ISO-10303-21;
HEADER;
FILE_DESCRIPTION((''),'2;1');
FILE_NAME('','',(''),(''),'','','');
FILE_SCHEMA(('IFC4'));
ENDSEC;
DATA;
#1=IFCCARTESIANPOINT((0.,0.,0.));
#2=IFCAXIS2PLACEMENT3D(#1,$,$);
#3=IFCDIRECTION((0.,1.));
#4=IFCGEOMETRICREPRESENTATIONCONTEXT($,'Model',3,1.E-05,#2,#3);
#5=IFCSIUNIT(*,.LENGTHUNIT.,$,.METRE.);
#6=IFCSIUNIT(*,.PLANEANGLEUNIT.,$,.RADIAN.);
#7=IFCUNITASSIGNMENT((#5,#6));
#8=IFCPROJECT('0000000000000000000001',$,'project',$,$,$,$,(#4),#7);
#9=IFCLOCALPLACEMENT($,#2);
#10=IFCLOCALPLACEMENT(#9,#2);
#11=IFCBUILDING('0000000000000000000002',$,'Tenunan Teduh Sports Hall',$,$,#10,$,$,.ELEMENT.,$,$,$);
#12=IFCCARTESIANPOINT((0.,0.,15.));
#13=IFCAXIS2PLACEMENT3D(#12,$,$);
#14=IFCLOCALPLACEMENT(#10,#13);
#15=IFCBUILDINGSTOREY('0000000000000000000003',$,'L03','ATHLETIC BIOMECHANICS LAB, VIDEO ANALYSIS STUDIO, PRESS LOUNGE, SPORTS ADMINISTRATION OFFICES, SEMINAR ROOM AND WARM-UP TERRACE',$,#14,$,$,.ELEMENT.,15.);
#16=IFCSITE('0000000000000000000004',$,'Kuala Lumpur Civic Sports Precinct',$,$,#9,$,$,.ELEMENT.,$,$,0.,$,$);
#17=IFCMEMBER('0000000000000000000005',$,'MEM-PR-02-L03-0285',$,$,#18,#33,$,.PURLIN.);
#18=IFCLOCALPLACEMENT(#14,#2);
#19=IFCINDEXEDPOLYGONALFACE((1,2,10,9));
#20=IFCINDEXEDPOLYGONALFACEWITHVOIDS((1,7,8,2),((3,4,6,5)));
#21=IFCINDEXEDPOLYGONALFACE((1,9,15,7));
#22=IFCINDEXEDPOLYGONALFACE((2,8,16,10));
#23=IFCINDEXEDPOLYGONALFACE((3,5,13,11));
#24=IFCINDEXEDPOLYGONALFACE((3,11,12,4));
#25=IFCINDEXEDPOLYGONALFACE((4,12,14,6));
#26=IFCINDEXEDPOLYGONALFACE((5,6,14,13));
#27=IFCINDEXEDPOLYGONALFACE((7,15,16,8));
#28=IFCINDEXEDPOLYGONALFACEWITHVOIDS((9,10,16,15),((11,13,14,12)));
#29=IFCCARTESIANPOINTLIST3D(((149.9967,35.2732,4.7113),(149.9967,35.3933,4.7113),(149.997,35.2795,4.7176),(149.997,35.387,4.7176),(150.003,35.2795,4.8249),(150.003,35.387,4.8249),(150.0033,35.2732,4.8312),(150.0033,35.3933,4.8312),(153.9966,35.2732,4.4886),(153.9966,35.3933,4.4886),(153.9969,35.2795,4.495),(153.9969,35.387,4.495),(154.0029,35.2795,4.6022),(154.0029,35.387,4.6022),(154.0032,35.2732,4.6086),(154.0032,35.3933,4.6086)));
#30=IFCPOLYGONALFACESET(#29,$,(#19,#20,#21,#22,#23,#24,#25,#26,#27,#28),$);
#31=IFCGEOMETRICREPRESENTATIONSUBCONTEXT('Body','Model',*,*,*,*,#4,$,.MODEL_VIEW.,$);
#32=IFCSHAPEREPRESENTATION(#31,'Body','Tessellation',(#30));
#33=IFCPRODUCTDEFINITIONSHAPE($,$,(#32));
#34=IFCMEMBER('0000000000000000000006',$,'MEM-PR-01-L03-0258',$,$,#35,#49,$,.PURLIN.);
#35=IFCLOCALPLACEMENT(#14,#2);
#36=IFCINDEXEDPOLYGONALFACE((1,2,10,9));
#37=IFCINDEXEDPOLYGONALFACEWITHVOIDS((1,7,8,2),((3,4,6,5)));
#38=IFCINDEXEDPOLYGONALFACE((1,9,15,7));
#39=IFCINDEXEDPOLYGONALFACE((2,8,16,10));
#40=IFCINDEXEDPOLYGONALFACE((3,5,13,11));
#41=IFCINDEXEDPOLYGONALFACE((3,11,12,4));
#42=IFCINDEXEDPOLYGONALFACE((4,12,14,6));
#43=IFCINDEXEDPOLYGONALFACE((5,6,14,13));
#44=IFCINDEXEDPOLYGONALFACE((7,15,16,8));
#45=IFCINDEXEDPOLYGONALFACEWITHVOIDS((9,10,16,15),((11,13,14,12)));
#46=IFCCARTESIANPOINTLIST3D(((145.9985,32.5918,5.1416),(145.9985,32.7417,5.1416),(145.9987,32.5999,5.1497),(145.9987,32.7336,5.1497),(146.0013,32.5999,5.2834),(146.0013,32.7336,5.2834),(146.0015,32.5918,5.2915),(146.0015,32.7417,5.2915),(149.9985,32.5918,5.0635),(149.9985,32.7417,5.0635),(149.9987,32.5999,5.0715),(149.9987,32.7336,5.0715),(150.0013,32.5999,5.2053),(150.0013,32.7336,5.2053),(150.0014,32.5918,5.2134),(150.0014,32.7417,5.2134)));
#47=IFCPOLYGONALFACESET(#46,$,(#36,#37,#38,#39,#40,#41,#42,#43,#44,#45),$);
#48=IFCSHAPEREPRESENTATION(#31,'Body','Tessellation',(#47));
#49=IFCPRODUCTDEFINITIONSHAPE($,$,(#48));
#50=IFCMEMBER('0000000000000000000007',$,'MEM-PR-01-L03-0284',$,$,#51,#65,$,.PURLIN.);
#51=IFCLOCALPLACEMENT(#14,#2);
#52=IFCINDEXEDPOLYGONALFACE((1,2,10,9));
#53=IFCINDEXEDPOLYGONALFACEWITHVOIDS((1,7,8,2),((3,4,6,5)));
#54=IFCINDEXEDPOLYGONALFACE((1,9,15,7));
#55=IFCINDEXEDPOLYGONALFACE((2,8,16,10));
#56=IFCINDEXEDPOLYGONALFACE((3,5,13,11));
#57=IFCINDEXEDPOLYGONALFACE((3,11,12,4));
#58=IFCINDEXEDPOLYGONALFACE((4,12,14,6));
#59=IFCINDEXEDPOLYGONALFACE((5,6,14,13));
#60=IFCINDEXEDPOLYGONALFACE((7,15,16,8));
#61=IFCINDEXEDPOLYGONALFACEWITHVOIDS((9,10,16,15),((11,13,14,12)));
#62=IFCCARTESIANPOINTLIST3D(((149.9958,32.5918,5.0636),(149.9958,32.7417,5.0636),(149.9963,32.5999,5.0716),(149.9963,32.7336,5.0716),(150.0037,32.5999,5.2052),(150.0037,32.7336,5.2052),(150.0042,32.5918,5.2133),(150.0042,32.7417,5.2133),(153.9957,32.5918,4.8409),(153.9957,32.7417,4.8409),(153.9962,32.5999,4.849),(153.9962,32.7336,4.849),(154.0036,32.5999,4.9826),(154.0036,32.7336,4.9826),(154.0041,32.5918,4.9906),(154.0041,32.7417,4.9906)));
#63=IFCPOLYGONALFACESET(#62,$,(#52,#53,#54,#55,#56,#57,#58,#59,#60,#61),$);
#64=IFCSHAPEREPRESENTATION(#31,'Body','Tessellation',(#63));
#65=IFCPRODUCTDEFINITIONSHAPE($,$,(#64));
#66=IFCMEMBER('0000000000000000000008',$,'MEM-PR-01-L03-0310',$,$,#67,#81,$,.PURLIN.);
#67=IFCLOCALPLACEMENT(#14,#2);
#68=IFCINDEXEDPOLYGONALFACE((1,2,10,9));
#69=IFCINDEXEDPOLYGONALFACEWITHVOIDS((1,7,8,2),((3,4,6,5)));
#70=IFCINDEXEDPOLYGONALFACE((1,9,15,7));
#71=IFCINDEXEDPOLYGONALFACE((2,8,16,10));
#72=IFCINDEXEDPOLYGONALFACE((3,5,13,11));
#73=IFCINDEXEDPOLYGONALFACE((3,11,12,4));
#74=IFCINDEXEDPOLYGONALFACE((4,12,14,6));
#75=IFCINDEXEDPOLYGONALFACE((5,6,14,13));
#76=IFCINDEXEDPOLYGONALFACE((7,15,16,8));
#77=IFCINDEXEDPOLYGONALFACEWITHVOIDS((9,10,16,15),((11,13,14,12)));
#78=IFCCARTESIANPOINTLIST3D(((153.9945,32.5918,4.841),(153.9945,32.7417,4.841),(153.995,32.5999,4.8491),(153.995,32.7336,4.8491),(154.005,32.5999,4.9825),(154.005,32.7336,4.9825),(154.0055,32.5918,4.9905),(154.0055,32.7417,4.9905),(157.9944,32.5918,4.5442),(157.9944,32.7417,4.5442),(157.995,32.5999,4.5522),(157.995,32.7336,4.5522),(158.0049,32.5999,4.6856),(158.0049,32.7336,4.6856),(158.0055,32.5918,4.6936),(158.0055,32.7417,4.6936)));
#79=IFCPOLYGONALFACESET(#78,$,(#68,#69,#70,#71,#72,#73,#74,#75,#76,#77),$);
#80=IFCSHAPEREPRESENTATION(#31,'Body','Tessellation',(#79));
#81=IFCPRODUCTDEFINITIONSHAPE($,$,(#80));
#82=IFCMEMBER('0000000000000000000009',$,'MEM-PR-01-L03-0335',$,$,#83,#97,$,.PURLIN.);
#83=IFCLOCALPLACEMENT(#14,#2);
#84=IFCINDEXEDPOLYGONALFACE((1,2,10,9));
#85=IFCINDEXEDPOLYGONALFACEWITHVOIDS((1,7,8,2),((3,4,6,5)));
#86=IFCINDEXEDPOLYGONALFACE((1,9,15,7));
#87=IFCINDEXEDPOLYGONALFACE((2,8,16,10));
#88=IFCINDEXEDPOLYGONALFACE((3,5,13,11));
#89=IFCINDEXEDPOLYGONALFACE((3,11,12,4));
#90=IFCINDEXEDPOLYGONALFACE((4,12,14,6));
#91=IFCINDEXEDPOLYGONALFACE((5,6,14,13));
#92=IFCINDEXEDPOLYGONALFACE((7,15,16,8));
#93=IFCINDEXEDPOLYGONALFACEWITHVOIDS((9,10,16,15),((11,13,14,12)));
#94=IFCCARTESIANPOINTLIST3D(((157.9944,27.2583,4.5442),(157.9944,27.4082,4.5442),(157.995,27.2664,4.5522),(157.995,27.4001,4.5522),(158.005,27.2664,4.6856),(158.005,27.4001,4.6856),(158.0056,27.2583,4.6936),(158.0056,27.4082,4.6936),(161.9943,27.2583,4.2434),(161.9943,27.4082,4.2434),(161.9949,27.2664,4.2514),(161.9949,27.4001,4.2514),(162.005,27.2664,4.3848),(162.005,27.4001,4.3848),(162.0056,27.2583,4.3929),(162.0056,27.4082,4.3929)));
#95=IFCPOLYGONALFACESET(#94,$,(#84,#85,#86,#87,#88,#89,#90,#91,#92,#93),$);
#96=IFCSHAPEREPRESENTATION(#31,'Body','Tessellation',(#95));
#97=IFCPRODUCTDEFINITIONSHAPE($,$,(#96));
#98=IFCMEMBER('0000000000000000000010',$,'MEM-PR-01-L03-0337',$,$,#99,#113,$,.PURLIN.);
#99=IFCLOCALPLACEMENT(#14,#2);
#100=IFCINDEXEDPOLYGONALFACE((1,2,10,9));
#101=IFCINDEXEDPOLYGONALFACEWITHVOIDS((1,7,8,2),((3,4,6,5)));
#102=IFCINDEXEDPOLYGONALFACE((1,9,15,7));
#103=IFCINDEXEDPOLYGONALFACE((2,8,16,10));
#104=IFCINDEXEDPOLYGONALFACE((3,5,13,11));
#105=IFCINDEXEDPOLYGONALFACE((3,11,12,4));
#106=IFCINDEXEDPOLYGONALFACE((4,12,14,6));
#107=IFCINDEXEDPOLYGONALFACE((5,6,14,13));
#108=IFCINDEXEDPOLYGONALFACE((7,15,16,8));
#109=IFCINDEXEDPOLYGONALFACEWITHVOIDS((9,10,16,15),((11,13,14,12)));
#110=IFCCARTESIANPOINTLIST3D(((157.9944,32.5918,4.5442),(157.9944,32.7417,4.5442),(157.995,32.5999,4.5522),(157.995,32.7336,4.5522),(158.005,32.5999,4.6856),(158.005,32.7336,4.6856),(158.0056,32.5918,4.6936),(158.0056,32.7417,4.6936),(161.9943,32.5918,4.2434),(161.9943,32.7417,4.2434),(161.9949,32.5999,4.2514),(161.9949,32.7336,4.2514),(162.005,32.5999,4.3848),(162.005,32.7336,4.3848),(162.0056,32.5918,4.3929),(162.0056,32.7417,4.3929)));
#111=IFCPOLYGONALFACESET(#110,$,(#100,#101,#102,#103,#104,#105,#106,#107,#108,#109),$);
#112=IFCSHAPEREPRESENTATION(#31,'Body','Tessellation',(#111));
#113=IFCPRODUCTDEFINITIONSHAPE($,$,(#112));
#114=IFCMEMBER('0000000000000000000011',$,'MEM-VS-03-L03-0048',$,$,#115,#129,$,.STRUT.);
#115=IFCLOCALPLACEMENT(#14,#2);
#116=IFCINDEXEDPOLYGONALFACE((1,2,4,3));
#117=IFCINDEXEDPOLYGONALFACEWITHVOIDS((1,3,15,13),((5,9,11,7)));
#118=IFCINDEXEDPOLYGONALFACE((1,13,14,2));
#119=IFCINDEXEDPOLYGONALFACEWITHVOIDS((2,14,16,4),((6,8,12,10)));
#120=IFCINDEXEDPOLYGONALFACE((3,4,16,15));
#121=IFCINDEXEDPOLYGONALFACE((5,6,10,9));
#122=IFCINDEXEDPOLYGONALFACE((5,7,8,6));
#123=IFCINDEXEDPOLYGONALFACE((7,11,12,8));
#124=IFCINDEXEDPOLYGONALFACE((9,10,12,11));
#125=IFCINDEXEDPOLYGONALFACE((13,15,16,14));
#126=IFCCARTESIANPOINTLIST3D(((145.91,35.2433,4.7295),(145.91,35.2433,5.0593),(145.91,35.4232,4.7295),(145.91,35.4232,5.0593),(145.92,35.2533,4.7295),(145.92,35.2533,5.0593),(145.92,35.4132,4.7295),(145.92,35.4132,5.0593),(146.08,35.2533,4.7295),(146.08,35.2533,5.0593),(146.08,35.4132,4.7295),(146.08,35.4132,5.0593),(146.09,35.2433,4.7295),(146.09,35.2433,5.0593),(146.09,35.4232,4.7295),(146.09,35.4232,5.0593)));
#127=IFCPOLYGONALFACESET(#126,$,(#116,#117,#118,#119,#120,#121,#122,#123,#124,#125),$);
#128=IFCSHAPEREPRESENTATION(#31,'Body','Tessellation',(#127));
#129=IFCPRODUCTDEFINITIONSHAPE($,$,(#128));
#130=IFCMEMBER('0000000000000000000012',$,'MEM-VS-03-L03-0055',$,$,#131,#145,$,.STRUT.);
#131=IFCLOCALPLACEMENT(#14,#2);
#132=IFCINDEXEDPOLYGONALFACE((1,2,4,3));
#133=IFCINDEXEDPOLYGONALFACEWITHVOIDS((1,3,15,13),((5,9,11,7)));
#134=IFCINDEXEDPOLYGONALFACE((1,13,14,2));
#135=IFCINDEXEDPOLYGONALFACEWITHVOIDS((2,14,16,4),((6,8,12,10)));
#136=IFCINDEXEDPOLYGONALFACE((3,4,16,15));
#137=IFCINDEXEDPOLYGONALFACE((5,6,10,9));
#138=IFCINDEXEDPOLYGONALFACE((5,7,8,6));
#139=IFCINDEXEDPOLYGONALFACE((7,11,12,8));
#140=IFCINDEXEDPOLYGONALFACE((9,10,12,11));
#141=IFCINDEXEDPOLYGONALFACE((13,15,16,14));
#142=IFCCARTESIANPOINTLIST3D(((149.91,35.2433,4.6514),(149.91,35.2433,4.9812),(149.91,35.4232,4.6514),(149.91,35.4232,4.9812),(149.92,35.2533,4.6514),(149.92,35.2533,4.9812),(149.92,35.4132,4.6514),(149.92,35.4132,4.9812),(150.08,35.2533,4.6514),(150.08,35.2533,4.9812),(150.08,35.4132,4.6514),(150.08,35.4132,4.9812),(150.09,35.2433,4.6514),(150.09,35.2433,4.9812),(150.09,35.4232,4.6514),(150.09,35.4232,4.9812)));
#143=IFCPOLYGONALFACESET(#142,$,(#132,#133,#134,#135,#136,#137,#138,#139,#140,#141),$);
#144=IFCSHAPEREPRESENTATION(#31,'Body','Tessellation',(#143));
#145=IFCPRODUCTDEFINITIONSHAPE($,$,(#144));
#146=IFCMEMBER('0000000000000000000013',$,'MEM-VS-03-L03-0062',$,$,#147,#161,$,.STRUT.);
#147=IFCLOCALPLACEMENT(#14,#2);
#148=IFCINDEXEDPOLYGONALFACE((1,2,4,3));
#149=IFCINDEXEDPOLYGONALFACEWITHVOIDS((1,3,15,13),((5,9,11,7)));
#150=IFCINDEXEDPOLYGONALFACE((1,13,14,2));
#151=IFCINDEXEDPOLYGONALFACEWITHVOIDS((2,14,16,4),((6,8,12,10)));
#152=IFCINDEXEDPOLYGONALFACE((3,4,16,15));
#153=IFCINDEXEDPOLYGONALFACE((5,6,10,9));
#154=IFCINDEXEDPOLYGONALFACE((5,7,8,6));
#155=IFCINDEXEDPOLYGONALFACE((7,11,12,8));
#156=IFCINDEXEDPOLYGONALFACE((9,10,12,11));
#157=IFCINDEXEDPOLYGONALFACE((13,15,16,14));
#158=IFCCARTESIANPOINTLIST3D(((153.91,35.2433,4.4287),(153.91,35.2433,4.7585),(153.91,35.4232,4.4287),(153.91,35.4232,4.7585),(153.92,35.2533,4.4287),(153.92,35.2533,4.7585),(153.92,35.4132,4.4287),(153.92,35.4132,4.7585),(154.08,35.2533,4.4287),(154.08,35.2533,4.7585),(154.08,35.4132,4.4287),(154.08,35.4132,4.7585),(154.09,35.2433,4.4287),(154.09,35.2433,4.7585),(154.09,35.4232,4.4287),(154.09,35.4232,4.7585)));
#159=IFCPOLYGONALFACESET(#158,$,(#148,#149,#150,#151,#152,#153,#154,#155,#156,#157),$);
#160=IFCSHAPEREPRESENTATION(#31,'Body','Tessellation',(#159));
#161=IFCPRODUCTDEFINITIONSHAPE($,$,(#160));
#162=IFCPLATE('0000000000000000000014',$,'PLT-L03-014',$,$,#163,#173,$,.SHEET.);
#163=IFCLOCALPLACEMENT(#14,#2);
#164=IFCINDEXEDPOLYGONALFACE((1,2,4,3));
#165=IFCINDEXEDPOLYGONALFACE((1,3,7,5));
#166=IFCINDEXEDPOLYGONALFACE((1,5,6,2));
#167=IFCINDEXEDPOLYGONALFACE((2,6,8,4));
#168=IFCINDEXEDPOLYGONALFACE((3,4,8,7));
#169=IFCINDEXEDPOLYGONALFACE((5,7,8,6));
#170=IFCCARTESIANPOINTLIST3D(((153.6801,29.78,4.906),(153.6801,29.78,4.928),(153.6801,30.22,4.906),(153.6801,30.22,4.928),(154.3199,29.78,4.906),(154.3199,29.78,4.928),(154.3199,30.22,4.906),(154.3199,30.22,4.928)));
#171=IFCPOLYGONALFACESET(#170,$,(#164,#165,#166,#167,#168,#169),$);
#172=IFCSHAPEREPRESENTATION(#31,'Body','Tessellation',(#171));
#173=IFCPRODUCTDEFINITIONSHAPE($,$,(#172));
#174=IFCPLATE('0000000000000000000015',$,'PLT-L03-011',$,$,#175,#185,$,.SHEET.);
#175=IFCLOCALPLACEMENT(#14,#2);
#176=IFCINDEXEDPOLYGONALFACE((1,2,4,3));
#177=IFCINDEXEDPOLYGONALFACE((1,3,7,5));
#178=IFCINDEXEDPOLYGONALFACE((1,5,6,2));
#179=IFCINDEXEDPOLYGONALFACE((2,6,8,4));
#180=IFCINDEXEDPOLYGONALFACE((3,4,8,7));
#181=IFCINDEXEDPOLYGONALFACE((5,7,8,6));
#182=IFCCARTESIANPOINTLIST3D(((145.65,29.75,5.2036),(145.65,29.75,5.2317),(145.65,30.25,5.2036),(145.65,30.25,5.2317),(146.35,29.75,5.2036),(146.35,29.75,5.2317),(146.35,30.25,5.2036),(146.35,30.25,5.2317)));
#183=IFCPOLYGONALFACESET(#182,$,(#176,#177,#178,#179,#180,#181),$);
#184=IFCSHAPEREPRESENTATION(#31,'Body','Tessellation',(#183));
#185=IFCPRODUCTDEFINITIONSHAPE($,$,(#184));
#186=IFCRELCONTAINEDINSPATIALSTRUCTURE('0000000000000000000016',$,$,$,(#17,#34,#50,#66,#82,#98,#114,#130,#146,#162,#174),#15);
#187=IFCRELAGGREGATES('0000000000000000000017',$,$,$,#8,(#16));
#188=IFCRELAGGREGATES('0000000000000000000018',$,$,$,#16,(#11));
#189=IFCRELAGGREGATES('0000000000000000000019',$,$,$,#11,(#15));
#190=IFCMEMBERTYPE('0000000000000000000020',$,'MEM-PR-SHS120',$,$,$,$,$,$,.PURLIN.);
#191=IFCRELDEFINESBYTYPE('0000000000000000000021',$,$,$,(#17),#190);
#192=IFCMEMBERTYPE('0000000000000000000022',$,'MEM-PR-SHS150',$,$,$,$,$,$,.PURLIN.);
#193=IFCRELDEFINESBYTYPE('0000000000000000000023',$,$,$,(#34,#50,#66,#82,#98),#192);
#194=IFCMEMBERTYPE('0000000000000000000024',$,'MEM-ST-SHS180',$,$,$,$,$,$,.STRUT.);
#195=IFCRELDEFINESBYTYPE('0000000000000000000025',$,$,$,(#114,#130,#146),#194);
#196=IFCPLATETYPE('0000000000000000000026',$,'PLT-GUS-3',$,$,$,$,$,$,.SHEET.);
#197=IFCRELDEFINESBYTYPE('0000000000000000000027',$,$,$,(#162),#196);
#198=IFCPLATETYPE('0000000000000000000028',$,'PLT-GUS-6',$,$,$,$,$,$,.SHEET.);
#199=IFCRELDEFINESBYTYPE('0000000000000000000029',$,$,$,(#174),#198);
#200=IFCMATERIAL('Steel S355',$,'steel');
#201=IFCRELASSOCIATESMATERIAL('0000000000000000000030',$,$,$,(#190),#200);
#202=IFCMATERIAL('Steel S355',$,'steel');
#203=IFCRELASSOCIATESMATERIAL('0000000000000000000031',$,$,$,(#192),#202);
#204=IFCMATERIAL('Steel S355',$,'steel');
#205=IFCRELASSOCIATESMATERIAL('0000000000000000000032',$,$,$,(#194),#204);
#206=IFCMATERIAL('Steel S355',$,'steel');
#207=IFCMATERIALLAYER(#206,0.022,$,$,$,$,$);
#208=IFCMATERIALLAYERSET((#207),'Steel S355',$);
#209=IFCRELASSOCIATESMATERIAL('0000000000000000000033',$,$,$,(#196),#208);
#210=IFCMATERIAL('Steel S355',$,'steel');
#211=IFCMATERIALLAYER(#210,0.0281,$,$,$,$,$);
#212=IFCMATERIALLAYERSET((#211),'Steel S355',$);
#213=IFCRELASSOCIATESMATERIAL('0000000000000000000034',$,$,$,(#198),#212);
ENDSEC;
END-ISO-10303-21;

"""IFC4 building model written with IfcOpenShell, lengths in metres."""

from ifc_helpers import new_model, si_unit, direction, frame, origin, origin_2d, place, context, subcontext, project, spatial, rectangle, hollow_rectangle, extrude, material, layer, layer_set, material_profile, profile_set, type_object, element, save


model = new_model("IFC4")

# Units and contexts
model_context = context("Model", 3, precision=1e-05, world=origin(), true_north=direction((0.0, 1.0)))
body_context = subcontext(model_context, "Body", "Model", "MODEL_VIEW")
ifc_project = project(units=[si_unit("LENGTHUNIT", "METRE"), si_unit("PLANEANGLEUNIT", "RADIAN")], contexts=[model_context])

# Site, building, storey
site_placement = place(None, origin())
site = spatial("IfcSite", under=ifc_project, at=site_placement, Name="Kuala Lumpur Civic Sports Precinct", CompositionType="ELEMENT", RefElevation=0.0)
building_placement = place(site_placement, origin())
building = spatial("IfcBuilding", under=site, at=building_placement, Name="Tenunan Teduh Sports Hall", CompositionType="ELEMENT")
storey_placement = place(building_placement, frame((0.0, 0.0, 15.0)))
storey = spatial("IfcBuildingStorey", under=building, at=storey_placement, Name="L03", Description="ATHLETIC BIOMECHANICS LAB, VIDEO ANALYSIS STUDIO, PRESS LOUNGE, SPORTS ADMINISTRATION OFFICES, SEMINAR ROOM AND WARM-UP TERRACE", CompositionType="ELEMENT", Elevation=15.0)

# Members
ifc_material_1 = material(Name="Steel S355", Category="steel")
ifc_material_profile_1 = material_profile(ifc_material_1, hollow_rectangle(XDim=0.1201, YDim=0.1201, WallThickness=0.0063, at=origin_2d()), Name="SHS 120x120x6.3")
ifc_profile_set_1 = profile_set([ifc_material_profile_1], Name="Steel S355")
member_type_1 = type_object("IfcMemberType", Name="MEM-PR-SHS120", PredefinedType="PURLIN", material=ifc_profile_set_1)
member_1_placement = place(storey_placement, frame((150.0, 35.3333, 4.7712), z_axis=(0.998454, 0.0, -0.055578), x_axis=(0.0, 1.0, 0.0)))
element("IfcMember", 1, at=member_1_placement, inside=storey, type_object=member_type_1, Name="MEM-PR-02-L03-0285", PredefinedType="PURLIN", context=body_context, shape_type="SweptSolid", body=[
    extrude(hollow_rectangle(XDim=0.1201, YDim=0.1201, WallThickness=0.0063, at=origin_2d()), origin(), (0.0, 0.0, 1.0), 4.0061),
])
ifc_material_2 = material(Name="Steel S355", Category="steel")
ifc_material_profile_2 = material_profile(ifc_material_2, hollow_rectangle(XDim=0.1499, YDim=0.1499, WallThickness=0.0081, at=origin_2d()), Name="SHS 150x150x8.0")
ifc_profile_set_2 = profile_set([ifc_material_profile_2], Name="Steel S355")
member_type_2 = type_object("IfcMemberType", Name="MEM-PR-SHS150", PredefinedType="PURLIN", material=ifc_profile_set_2)
member_2_placement = place(storey_placement, frame((146.0, 32.6667, 5.2166), z_axis=(0.999809, 0.0, -0.019528), x_axis=(0.0, 1.0, 0.0)))
element("IfcMember", 2, at=member_2_placement, inside=storey, type_object=member_type_2, Name="MEM-PR-01-L03-0258", PredefinedType="PURLIN", context=body_context, shape_type="SweptSolid", body=[
    extrude(hollow_rectangle(XDim=0.1499, YDim=0.1499, WallThickness=0.0081, at=origin_2d()), origin(), (0.0, 0.0, 1.0), 4.0007),
])
member_3_placement = place(storey_placement, frame((150.0, 32.6667, 5.1384), z_axis=(0.998454, 0.0, -0.055578), x_axis=(0.0, 1.0, 0.0)))
element("IfcMember", 3, at=member_3_placement, inside=storey, type_object=member_type_2, Name="MEM-PR-01-L03-0284", PredefinedType="PURLIN", context=body_context, shape_type="SweptSolid", body=[
    extrude(hollow_rectangle(XDim=0.1499, YDim=0.1499, WallThickness=0.0081, at=origin_2d()), origin(), (0.0, 0.0, 1.0), 4.0061),
])
member_4_placement = place(storey_placement, frame((154.0, 32.6667, 4.9158), z_axis=(0.997257, 0.0, -0.074015), x_axis=(0.0, 1.0, 0.0)))
element("IfcMember", 4, at=member_4_placement, inside=storey, type_object=member_type_2, Name="MEM-PR-01-L03-0310", PredefinedType="PURLIN", context=body_context, shape_type="SweptSolid", body=[
    extrude(hollow_rectangle(XDim=0.1499, YDim=0.1499, WallThickness=0.0081, at=origin_2d()), origin(), (0.0, 0.0, 1.0), 4.011),
])
for number, where, z_axis, x_axis, name in (
    (5, (158.0, 27.3333, 4.6189), (0.997185, 0.0, -0.074984), (0.0, 1.0, 0.0), "MEM-PR-01-L03-0335"),
    (6, (158.0, 32.6667, 4.6189), (0.997185, 0.0, -0.074984), (0.0, 1.0, 0.0), "MEM-PR-01-L03-0337"),
):
    element("IfcMember", number, at=place(storey_placement, frame(where, z_axis=z_axis, x_axis=x_axis)), inside=storey, type_object=member_type_2, Name=name, PredefinedType="PURLIN", context=body_context, shape_type="SweptSolid", body=[
        extrude(hollow_rectangle(XDim=0.1499, YDim=0.1499, WallThickness=0.0081, at=origin_2d()), origin(), (0.0, 0.0, 1.0), 4.0112),
    ])
ifc_material_3 = material(Name="Steel S355", Category="steel")
ifc_material_profile_3 = material_profile(ifc_material_3, hollow_rectangle(XDim=0.1799, YDim=0.1799, WallThickness=0.01, at=origin_2d()), Name="SHS 180x180x10.0")
ifc_profile_set_3 = profile_set([ifc_material_profile_3], Name="Steel S355")
member_type_3 = type_object("IfcMemberType", Name="MEM-ST-SHS180", PredefinedType="STRUT", material=ifc_profile_set_3)
for number, where, z_axis, x_axis, name in (
    (7, (146.0, 35.3333, 4.7295), (0.0, 0.0, 1.0), (1.0, 0.0, 0.0), "MEM-VS-03-L03-0048"),
    (8, (150.0, 35.3333, 4.6514), (0.0, 0.0, 1.0), (1.0, 0.0, 0.0), "MEM-VS-03-L03-0055"),
    (9, (154.0, 35.3333, 4.4287), (0.0, 0.0, 1.0), (1.0, 0.0, 0.0), "MEM-VS-03-L03-0062"),
):
    element("IfcMember", number, at=place(storey_placement, frame(where, z_axis=z_axis, x_axis=x_axis)), inside=storey, type_object=member_type_3, Name=name, PredefinedType="STRUT", context=body_context, shape_type="SweptSolid", body=[
        extrude(hollow_rectangle(XDim=0.1799, YDim=0.1799, WallThickness=0.01, at=origin_2d()), origin(), (0.0, 0.0, 1.0), 0.3298),
    ])

# Plates
ifc_material_4 = material(Name="Steel S355", Category="steel")
ifc_layer_1 = layer(ifc_material_4, 0.022)
ifc_layer_set_1 = layer_set([ifc_layer_1], Name="Steel S355")
plate_type_1 = type_object("IfcPlateType", Name="PLT-GUS-3", PredefinedType="SHEET", material=ifc_layer_set_1)
plate_1_placement = place(storey_placement, frame((154.0, 30.0, 4.906), z_axis=(0.0, 0.0, 1.0), x_axis=(1.0, 0.0, 0.0)))
element("IfcPlate", 10, at=plate_1_placement, inside=storey, type_object=plate_type_1, Name="PLT-L03-014", PredefinedType="SHEET", context=body_context, shape_type="SweptSolid", body=[
    extrude(rectangle(XDim=0.6399, YDim=0.4399, at=origin_2d()), origin(), (0.0, 0.0, 1.0), 0.022),
])
ifc_material_5 = material(Name="Steel S355", Category="steel")
ifc_layer_2 = layer(ifc_material_5, 0.0281)
ifc_layer_set_2 = layer_set([ifc_layer_2], Name="Steel S355")
plate_type_2 = type_object("IfcPlateType", Name="PLT-GUS-6", PredefinedType="SHEET", material=ifc_layer_set_2)
plate_2_placement = place(storey_placement, frame((146.0, 30.0, 5.2036), z_axis=(0.0, 0.0, 1.0), x_axis=(1.0, 0.0, 0.0)))
element("IfcPlate", 11, at=plate_2_placement, inside=storey, type_object=plate_type_2, Name="PLT-L03-011", PredefinedType="SHEET", context=body_context, shape_type="SweptSolid", body=[
    extrude(rectangle(XDim=0.7, YDim=0.5, at=origin_2d()), origin(), (0.0, 0.0, 1.0), 0.0281),
])

save(model, "model.ifc")
